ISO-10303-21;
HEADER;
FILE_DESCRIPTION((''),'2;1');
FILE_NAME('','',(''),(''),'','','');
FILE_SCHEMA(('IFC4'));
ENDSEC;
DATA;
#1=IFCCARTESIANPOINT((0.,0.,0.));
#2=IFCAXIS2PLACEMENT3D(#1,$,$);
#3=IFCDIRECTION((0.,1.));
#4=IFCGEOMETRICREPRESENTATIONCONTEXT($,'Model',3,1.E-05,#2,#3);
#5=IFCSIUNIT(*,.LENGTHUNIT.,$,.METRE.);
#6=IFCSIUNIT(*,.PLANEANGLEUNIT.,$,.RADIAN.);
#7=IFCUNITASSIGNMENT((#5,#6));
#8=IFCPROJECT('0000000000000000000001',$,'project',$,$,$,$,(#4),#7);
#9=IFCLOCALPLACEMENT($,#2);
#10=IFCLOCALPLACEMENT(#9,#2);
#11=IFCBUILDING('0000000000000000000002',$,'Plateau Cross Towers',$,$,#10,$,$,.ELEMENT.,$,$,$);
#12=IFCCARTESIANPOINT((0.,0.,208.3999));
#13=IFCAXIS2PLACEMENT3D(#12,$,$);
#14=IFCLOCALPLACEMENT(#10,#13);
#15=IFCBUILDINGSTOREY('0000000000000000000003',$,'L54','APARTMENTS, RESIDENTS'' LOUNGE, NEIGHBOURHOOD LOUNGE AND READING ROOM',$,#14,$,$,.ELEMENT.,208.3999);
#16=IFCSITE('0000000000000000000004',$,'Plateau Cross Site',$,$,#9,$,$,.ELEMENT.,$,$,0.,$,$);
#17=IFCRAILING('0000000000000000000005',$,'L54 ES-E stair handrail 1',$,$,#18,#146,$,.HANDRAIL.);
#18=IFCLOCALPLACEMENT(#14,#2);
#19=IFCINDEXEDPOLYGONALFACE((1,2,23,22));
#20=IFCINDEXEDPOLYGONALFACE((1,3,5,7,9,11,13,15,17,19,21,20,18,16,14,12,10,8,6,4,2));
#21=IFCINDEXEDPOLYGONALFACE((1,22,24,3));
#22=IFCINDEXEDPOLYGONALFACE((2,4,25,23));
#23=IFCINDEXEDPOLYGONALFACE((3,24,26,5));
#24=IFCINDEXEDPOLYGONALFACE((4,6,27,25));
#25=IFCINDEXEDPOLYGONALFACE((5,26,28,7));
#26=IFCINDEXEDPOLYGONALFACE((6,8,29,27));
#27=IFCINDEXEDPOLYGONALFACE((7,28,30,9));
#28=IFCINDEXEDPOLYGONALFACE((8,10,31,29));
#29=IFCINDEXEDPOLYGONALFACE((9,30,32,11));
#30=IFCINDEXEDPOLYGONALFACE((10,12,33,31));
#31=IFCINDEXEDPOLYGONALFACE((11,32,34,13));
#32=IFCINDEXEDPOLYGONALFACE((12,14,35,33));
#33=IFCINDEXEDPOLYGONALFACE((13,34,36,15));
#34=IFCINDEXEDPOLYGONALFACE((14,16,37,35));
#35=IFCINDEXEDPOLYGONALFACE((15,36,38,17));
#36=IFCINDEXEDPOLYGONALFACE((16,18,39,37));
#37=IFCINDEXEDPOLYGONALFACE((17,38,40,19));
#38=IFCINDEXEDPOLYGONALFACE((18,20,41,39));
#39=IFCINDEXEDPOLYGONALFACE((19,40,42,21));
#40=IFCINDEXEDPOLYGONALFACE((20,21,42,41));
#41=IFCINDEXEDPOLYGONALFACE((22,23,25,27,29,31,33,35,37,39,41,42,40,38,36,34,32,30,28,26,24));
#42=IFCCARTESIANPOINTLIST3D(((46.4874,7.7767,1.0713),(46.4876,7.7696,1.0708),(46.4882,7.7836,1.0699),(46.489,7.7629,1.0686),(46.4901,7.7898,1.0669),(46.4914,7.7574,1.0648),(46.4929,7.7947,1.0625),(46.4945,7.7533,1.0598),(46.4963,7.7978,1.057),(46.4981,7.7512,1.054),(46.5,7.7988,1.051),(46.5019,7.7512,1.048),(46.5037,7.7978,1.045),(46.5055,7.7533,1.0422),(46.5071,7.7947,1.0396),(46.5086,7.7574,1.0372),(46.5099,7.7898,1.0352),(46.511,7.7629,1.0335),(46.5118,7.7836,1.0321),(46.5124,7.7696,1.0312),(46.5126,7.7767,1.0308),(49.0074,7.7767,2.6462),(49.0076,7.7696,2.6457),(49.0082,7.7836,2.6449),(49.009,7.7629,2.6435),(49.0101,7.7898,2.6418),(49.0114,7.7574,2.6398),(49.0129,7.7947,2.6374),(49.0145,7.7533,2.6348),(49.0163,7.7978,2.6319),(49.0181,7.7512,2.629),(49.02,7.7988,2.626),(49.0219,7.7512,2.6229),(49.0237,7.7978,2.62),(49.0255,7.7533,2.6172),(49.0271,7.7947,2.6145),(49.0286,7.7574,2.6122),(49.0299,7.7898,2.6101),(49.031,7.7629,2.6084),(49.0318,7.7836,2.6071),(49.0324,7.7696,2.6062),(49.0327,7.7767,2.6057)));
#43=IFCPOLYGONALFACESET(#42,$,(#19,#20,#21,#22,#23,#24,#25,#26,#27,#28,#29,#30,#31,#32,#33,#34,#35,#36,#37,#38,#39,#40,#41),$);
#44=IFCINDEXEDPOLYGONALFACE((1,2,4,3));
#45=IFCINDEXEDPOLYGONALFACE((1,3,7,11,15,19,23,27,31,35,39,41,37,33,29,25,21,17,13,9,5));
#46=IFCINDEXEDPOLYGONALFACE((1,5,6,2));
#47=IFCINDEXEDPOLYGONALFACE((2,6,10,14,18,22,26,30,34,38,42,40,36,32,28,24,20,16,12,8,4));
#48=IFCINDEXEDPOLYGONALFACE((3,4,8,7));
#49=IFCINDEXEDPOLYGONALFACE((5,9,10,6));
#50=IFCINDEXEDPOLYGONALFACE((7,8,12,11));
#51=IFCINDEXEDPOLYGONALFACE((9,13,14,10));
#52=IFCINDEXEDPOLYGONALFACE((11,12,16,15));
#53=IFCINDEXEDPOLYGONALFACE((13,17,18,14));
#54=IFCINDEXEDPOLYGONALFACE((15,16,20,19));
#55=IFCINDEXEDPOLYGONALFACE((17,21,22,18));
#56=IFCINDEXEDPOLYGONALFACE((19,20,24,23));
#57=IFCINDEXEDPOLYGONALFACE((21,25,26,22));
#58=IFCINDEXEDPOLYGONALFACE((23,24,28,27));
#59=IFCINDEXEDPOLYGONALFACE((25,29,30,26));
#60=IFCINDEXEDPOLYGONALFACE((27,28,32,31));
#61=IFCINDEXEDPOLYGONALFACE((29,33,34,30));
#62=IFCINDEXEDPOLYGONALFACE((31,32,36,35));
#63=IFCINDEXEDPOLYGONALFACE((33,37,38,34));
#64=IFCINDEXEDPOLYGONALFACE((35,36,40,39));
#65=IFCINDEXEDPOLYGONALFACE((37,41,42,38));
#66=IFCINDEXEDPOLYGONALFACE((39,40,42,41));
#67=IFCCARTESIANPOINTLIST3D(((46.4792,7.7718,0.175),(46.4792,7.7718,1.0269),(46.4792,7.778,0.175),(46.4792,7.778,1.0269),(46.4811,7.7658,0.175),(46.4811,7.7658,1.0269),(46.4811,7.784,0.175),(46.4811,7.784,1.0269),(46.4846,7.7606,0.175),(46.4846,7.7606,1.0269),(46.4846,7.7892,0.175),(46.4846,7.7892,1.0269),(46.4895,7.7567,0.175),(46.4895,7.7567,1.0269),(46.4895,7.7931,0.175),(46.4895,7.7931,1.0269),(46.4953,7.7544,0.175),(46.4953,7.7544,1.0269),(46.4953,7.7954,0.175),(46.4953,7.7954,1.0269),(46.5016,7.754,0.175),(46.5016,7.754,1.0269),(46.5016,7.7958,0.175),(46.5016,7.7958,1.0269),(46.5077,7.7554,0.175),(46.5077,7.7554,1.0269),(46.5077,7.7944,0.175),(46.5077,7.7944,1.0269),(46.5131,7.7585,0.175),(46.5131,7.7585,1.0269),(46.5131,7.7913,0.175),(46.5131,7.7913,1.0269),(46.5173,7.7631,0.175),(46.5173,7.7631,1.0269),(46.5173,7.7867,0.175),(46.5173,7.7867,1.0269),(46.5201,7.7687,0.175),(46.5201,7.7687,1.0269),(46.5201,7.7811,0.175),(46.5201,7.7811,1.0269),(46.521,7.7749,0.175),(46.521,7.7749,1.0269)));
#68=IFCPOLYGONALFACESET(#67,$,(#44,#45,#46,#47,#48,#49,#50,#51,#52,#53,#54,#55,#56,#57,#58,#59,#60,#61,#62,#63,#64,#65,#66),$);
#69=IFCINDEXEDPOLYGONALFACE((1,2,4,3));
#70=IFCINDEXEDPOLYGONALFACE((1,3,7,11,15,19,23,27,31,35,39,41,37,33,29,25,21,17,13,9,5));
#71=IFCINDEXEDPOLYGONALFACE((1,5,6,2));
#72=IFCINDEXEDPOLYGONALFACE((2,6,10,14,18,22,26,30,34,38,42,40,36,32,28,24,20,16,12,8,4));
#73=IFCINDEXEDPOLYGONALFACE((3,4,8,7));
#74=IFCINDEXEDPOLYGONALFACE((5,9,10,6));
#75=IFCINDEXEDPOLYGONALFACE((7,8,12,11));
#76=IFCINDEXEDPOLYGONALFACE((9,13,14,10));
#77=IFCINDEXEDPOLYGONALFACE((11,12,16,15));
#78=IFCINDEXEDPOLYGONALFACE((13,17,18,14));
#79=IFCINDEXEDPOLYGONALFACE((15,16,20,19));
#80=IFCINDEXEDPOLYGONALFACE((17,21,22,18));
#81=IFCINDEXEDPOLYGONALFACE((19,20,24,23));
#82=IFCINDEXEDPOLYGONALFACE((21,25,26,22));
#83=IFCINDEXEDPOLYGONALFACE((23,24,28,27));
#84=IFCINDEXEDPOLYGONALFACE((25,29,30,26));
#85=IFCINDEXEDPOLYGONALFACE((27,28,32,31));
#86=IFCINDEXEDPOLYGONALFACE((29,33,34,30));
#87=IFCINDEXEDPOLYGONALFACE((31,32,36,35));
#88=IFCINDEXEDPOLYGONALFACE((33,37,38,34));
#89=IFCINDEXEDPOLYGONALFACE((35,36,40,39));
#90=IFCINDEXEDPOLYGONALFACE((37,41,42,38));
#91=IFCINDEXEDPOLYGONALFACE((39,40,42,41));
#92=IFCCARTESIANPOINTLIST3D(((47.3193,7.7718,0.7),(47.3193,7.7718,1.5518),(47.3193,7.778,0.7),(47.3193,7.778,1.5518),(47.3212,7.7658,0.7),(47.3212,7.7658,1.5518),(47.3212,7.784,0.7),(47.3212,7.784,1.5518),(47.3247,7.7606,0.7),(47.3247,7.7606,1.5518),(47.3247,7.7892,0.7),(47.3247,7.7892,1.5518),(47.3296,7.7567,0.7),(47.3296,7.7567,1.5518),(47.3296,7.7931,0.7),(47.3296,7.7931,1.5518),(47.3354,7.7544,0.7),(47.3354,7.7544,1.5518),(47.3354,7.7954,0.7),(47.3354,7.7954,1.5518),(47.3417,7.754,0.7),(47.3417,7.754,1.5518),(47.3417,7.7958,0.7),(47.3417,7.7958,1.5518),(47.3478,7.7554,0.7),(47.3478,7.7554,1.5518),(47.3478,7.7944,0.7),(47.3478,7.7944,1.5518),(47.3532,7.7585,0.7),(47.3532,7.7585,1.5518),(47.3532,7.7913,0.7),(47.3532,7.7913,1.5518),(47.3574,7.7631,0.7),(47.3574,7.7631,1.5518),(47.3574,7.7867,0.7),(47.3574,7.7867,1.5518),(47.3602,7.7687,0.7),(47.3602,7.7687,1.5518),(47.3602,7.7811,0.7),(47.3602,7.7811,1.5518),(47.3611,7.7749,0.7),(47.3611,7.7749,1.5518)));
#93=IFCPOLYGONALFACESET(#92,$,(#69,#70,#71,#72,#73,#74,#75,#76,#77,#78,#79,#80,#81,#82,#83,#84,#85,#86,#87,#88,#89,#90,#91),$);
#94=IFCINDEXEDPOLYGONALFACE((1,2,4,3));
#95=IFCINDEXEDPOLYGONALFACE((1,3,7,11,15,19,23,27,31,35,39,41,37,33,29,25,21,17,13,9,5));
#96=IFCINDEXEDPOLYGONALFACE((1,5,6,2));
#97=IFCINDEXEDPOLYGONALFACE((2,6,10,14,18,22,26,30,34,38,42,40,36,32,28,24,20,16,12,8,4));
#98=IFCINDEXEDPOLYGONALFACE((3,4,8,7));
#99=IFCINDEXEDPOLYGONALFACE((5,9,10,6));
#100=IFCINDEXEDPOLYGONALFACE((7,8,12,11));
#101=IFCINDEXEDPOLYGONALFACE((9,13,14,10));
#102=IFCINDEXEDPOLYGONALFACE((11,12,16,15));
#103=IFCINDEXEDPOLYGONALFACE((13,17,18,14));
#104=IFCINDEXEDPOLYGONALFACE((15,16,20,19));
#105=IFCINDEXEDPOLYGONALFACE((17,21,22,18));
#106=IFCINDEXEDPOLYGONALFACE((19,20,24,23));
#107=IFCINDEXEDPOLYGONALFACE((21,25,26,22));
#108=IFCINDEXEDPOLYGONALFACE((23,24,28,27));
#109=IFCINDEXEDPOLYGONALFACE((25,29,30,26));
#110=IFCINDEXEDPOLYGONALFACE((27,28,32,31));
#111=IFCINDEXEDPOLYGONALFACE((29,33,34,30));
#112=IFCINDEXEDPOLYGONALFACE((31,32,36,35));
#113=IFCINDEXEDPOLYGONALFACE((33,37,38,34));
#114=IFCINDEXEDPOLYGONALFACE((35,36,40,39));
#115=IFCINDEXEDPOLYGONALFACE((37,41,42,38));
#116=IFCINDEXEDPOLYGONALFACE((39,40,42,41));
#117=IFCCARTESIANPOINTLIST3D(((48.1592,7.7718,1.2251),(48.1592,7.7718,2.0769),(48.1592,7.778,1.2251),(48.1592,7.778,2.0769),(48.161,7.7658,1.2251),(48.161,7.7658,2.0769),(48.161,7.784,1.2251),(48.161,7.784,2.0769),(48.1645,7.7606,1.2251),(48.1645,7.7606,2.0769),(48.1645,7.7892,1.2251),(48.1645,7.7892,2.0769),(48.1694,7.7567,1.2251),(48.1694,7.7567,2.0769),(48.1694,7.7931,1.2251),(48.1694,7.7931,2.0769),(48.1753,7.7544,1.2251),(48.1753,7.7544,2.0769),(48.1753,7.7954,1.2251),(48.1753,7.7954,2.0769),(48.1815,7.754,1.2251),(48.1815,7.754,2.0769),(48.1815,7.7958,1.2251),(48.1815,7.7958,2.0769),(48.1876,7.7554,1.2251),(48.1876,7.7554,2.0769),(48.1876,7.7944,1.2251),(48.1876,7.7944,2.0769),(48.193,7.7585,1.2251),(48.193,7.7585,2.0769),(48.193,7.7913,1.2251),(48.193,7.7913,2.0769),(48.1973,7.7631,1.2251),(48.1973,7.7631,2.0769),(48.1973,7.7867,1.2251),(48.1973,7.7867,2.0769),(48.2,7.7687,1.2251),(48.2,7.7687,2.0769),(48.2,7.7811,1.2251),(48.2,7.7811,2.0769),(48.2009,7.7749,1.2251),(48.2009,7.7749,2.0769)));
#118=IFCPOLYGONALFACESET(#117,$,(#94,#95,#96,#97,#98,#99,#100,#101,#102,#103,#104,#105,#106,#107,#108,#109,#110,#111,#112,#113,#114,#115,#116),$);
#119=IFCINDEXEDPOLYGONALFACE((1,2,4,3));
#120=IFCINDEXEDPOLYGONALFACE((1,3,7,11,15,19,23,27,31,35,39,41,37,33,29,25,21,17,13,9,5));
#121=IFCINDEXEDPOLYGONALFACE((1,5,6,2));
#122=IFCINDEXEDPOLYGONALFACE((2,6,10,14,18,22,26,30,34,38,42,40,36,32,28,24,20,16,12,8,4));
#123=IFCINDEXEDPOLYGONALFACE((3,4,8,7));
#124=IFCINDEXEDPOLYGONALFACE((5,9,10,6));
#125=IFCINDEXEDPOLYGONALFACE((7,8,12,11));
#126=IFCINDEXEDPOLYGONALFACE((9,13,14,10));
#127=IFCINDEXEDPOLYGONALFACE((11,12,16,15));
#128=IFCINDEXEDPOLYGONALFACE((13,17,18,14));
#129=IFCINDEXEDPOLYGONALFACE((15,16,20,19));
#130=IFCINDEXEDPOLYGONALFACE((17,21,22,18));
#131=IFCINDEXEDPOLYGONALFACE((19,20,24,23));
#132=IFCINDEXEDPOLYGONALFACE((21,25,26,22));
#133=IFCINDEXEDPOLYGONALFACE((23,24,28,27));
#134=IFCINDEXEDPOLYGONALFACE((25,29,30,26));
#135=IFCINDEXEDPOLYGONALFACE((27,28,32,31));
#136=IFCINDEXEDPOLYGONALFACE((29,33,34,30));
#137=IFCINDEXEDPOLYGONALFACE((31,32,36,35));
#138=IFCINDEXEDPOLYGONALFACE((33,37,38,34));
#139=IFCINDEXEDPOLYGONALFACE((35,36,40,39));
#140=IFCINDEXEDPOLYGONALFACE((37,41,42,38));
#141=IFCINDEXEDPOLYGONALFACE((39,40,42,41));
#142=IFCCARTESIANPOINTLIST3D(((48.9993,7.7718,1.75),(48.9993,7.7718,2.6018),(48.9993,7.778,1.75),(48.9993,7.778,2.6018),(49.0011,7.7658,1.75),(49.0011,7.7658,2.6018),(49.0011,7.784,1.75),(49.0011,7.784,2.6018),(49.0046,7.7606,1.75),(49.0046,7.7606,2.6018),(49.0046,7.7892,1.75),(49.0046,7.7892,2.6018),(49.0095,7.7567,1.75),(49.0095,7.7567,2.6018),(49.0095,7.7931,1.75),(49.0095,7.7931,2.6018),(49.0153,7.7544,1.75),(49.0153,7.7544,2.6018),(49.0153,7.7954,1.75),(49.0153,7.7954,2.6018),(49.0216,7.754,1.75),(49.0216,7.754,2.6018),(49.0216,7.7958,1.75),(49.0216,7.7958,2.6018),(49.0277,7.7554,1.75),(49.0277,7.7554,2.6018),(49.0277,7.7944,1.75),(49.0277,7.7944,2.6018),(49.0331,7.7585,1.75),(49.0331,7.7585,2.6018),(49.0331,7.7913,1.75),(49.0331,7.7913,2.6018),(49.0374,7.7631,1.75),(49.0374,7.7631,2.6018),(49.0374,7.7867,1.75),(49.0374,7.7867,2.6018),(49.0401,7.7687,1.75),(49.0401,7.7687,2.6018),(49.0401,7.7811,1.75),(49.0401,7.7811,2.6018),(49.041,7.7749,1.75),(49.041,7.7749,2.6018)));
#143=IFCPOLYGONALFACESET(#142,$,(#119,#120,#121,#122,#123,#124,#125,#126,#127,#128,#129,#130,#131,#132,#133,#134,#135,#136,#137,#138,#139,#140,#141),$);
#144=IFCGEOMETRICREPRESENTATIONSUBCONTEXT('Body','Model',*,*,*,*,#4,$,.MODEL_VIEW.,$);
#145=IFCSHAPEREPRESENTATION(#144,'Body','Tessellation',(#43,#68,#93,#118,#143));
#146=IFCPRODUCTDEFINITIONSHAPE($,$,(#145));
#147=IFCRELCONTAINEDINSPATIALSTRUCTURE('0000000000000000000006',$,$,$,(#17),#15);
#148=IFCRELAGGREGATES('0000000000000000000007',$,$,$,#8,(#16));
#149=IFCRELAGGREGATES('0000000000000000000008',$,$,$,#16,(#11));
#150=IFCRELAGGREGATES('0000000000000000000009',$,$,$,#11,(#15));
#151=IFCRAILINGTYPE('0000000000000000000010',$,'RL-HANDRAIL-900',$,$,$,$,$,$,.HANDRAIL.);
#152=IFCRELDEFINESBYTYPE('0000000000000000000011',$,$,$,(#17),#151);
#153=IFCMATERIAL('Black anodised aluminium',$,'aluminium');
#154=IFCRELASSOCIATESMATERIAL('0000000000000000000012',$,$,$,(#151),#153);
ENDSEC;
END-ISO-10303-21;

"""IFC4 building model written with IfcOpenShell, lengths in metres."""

from ifc_helpers import new_model, si_unit, direction, frame, origin, origin_2d, place, context, subcontext, project, spatial, circle, extrude, material, type_object, element, save


model = new_model("IFC4")

# Units and contexts
model_context = context("Model", 3, precision=1e-05, world=origin(), true_north=direction((0.0, 1.0)))
body_context = subcontext(model_context, "Body", "Model", "MODEL_VIEW")
ifc_project = project(units=[si_unit("LENGTHUNIT", "METRE"), si_unit("PLANEANGLEUNIT", "RADIAN")], contexts=[model_context])

# Site, building, storey
site_placement = place(None, origin())
site = spatial("IfcSite", under=ifc_project, at=site_placement, Name="Plateau Cross Site", CompositionType="ELEMENT", RefElevation=0.0)
building_placement = place(site_placement, origin())
building = spatial("IfcBuilding", under=site, at=building_placement, Name="Plateau Cross Towers", CompositionType="ELEMENT")
storey_placement = place(building_placement, frame((0.0, 0.0, 208.3999)))
storey = spatial("IfcBuildingStorey", under=building, at=storey_placement, Name="L54", Description="APARTMENTS, RESIDENTS' LOUNGE, NEIGHBOURHOOD LOUNGE AND READING ROOM", CompositionType="ELEMENT", Elevation=208.3999)

# Shared definitions
ifc_material_1 = material(Name="Black anodised aluminium", Category="aluminium")

# Railing
railing_type_1 = type_object("IfcRailingType", Name="RL-HANDRAIL-900", PredefinedType="HANDRAIL", material=ifc_material_1)
railing_1_placement = place(storey_placement, frame((46.5, 7.7749, 0.175)))
element("IfcRailing", 1, at=railing_1_placement, inside=storey, type_object=railing_type_1, Name="L54 ES-E stair handrail 1", PredefinedType="HANDRAIL", context=body_context, shape_type="SweptSolid", body=[
    extrude(circle(Radius=0.0239, at=origin_2d()), frame((0.0, 0.0, 0.876), z_axis=(0.848008, 0.0, 0.529984), x_axis=(0.0, 1.0, 0.0)), (0.0, 0.0, 1.0), 2.9717),
    extrude(circle(Radius=0.021, at=origin_2d()), origin(), (0.0, 0.0, 1.0), 0.8518),
    extrude(circle(Radius=0.021, at=origin_2d()), frame((0.8401, 0.0, 0.5249)), (0.0, 0.0, 1.0), 0.8518),
    extrude(circle(Radius=0.021, at=origin_2d()), frame((1.6799, 0.0, 1.05)), (0.0, 0.0, 1.0), 0.8518),
    extrude(circle(Radius=0.021, at=origin_2d()), frame((2.52, 0.0, 1.575)), (0.0, 0.0, 1.0), 0.8518),
])

save(model, "model.ifc")
